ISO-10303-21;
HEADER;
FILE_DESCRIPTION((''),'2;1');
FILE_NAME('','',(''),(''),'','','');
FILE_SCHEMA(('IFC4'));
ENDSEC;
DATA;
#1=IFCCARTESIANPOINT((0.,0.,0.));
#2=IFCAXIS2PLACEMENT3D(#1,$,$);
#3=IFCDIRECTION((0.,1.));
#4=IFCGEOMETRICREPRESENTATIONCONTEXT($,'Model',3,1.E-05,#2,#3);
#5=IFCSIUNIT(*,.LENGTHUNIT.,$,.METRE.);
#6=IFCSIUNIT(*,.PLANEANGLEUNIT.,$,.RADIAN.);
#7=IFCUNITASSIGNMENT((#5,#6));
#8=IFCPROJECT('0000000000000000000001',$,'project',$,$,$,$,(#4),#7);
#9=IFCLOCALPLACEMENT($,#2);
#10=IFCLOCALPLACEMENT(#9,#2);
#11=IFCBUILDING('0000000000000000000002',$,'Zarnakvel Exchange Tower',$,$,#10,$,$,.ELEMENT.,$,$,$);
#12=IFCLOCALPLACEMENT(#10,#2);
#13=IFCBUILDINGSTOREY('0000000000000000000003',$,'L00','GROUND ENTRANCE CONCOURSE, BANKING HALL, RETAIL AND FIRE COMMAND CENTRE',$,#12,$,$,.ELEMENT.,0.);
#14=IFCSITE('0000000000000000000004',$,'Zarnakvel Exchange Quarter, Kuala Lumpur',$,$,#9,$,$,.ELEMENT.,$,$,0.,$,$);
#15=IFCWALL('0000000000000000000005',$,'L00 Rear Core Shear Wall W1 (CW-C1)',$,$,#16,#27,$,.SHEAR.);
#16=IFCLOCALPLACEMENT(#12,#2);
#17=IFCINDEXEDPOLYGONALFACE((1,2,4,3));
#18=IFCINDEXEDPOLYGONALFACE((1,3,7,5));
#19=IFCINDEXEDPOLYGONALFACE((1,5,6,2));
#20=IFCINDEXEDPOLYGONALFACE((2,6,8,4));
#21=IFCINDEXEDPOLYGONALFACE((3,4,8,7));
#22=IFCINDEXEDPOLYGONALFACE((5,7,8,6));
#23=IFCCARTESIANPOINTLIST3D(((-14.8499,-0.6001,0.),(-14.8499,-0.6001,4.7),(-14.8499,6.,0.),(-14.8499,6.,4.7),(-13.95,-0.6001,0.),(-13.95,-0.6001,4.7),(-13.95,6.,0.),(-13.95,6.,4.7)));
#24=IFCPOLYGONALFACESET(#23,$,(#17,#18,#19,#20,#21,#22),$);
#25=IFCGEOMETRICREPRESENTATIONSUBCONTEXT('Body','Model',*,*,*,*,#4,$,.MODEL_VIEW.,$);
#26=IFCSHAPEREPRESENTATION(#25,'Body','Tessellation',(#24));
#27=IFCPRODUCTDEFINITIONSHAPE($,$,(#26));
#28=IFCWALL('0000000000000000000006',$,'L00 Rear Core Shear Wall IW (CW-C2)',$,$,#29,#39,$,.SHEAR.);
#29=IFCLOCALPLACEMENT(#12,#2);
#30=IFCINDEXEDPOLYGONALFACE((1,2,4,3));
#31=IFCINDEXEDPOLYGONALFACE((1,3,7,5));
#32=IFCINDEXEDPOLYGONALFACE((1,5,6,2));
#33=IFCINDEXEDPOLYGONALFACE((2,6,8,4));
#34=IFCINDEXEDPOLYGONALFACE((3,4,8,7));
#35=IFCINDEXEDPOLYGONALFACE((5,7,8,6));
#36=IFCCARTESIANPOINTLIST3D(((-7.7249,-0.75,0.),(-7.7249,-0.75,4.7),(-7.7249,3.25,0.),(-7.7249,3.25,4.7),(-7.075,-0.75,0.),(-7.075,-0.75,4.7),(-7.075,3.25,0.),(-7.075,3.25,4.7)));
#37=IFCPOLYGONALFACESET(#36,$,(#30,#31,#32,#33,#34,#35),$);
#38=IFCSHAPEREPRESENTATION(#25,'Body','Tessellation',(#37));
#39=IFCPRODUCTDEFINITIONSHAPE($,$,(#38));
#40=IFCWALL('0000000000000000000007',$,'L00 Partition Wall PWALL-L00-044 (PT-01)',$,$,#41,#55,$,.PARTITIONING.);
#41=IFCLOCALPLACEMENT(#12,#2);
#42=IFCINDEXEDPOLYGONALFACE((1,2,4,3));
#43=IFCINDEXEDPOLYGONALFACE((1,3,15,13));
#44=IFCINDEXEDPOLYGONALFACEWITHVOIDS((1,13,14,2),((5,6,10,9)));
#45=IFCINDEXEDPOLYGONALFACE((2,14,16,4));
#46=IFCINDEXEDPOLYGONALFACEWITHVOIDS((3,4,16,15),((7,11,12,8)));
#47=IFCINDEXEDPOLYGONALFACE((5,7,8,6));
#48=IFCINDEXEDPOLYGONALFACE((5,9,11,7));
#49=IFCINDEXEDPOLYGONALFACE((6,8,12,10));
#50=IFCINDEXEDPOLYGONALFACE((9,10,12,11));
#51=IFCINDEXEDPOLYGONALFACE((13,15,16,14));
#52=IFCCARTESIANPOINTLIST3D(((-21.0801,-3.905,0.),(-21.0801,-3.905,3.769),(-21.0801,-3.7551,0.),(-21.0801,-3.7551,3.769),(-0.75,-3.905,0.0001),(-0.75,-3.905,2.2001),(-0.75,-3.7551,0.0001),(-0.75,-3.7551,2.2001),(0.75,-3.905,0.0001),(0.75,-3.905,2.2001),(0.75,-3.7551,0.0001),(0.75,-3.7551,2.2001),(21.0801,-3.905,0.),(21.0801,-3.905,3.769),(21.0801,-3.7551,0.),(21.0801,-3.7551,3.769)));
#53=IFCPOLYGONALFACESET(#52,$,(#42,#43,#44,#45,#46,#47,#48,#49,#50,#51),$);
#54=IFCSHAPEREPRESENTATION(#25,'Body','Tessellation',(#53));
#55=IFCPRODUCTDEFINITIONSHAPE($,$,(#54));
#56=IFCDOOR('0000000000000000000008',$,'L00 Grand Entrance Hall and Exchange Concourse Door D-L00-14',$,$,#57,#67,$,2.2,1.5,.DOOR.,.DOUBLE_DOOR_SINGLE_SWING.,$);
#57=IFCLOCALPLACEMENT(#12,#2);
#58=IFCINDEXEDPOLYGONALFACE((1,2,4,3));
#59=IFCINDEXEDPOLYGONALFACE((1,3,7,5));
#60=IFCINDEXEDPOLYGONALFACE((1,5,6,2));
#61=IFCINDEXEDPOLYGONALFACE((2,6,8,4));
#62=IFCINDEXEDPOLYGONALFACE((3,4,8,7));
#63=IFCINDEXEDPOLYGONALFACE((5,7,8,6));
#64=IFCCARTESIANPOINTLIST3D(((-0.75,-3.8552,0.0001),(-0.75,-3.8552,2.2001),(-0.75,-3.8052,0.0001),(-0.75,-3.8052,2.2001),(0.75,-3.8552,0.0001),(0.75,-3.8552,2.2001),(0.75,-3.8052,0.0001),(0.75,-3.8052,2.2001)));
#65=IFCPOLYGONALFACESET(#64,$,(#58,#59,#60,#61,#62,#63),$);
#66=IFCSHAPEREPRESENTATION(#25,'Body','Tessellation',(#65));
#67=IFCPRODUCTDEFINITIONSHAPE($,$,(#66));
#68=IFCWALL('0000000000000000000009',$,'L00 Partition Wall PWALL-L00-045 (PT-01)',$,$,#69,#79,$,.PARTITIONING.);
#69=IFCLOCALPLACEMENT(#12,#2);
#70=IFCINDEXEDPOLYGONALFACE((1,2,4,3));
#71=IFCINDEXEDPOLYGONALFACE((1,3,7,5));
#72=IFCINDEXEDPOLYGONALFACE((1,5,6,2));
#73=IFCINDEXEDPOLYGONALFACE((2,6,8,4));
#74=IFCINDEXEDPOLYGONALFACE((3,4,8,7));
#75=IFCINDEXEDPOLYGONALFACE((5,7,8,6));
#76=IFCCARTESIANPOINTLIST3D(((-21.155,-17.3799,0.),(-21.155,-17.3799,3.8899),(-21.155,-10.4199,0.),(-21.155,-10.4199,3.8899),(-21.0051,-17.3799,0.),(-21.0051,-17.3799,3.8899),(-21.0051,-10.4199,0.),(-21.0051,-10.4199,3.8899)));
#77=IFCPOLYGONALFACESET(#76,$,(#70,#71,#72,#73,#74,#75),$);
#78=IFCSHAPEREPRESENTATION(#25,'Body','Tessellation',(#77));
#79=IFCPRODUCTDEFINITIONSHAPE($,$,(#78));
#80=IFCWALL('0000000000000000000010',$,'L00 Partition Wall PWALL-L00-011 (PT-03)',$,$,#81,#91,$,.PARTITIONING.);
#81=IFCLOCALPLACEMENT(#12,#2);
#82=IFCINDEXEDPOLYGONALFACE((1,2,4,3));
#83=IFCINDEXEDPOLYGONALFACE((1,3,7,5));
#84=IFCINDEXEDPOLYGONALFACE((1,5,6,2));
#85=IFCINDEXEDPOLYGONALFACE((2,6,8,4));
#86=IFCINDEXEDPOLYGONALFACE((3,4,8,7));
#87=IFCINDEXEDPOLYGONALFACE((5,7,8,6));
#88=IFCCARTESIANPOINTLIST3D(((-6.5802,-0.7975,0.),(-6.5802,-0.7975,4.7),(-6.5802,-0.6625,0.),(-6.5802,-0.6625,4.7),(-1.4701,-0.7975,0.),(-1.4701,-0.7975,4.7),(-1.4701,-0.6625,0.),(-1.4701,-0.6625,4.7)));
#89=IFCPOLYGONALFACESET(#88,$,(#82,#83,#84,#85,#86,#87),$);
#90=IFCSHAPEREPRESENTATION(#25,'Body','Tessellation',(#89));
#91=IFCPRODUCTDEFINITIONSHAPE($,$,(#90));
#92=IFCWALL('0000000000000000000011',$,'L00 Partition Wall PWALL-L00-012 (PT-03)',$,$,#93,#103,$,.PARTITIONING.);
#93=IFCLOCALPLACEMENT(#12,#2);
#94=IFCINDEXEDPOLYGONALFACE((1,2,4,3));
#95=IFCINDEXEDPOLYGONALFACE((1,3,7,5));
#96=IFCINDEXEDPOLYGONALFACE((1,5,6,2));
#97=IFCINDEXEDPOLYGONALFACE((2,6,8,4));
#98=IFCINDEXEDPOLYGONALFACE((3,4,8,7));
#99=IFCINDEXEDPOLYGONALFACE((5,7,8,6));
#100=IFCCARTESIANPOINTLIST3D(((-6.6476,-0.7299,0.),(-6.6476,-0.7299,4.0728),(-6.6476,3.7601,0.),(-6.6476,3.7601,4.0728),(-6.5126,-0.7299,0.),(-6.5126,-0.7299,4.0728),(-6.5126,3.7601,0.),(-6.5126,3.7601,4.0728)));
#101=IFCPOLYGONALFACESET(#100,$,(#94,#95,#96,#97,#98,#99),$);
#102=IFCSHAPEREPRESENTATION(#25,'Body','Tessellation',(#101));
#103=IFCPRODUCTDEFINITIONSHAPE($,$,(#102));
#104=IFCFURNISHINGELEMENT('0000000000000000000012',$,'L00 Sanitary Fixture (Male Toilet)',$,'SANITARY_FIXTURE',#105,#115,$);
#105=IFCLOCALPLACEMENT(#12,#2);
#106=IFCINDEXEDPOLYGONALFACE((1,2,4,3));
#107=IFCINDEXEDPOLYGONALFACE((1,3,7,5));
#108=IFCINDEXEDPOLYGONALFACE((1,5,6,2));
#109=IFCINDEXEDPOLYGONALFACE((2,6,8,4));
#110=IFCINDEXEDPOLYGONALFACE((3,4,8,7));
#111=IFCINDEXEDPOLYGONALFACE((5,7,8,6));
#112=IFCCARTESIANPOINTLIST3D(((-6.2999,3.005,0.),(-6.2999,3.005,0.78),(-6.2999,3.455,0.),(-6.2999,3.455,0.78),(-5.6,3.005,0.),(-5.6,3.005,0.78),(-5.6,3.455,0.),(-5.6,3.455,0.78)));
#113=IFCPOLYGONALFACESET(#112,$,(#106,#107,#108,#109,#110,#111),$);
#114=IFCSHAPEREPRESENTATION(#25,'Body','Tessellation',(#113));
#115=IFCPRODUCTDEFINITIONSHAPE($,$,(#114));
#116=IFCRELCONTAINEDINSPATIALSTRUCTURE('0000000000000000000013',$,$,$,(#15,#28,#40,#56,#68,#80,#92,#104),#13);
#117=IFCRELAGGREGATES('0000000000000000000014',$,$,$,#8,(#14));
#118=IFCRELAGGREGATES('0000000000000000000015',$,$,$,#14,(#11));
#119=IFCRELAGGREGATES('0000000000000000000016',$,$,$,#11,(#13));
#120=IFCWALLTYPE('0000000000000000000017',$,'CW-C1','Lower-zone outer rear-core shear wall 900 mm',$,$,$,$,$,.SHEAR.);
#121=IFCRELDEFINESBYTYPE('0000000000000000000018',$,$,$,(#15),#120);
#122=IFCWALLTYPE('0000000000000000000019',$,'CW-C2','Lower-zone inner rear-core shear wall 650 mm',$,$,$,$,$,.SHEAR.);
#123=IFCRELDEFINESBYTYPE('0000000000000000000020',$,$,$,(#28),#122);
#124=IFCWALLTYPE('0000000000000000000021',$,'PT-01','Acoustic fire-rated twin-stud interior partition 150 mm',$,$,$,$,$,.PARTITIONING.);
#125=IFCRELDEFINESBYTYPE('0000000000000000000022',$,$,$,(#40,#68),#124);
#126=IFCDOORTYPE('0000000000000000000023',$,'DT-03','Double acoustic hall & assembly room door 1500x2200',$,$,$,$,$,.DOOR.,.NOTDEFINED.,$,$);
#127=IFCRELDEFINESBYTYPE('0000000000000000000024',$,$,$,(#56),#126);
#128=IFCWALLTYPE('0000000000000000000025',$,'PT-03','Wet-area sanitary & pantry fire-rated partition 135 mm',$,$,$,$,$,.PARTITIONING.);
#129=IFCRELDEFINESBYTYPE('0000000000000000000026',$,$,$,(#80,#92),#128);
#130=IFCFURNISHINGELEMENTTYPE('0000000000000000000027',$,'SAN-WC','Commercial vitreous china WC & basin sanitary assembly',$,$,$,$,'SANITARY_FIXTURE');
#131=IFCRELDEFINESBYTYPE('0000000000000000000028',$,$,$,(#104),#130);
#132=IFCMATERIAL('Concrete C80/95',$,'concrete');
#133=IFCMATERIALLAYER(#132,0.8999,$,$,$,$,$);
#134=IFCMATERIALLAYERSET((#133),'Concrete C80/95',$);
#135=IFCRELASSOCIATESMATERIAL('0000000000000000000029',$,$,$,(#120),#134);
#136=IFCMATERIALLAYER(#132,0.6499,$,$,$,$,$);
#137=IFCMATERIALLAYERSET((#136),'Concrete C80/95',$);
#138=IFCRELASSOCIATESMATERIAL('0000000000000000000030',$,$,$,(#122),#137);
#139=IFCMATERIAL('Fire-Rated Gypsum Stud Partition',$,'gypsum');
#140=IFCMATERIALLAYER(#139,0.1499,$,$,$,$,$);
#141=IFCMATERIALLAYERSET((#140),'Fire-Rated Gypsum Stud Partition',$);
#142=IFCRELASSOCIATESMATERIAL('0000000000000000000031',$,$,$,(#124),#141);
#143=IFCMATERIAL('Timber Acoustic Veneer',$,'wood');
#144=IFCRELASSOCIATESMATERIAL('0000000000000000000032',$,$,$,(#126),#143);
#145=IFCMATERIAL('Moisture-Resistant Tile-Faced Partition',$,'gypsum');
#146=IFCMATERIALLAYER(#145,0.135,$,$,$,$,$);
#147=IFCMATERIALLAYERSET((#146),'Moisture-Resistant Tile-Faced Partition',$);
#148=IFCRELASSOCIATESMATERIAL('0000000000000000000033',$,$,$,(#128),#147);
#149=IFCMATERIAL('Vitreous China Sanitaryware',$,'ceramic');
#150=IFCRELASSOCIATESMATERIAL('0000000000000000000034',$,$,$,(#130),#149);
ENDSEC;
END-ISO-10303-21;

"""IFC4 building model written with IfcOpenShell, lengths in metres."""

from ifc_helpers import new_model, si_unit, direction, frame, frame_2d, origin, origin_2d, place, context, subcontext, project, spatial, rectangle, extrude, source, transform, mapped, material, layer, layer_set, type_object, element, fill, save


model = new_model("IFC4")

# Units and contexts
model_context = context("Model", 3, precision=1e-05, world=origin(), true_north=direction((0.0, 1.0)))
body_context = subcontext(model_context, "Body", "Model", "MODEL_VIEW")
ifc_project = project(units=[si_unit("LENGTHUNIT", "METRE"), si_unit("PLANEANGLEUNIT", "RADIAN")], contexts=[model_context])

# Site, building, storey
site_placement = place(None, origin())
site = spatial("IfcSite", under=ifc_project, at=site_placement, Name="Zarnakvel Exchange Quarter, Kuala Lumpur", CompositionType="ELEMENT", RefElevation=0.0)
building_placement = place(site_placement, origin())
building = spatial("IfcBuilding", under=site, at=building_placement, Name="Zarnakvel Exchange Tower", CompositionType="ELEMENT")
storey_placement = place(building_placement, origin())
storey = spatial("IfcBuildingStorey", under=building, at=storey_placement, Name="L00", Description="GROUND ENTRANCE CONCOURSE, BANKING HALL, RETAIL AND FIRE COMMAND CENTRE", CompositionType="ELEMENT", Elevation=0.0)

# Shared definitions
ifc_material_1 = material(Name="Concrete C80/95", Category="concrete")

# Wall
ifc_layer_1 = layer(ifc_material_1, 0.8999)
ifc_layer_set_1 = layer_set([ifc_layer_1], Name="Concrete C80/95")
wall_type_1 = type_object("IfcWallType", Name="CW-C1", Description="Lower-zone outer rear-core shear wall 900 mm", PredefinedType="SHEAR", material=ifc_layer_set_1)
wall_1_placement = place(storey_placement, frame((-14.3999, -0.6001, 0.0), z_axis=(0.0, 0.0, 1.0), x_axis=(0.0, 1.0, 0.0)))
element("IfcWall", 1, at=wall_1_placement, inside=storey, type_object=wall_type_1, Name="L00 Rear Core Shear Wall W1 (CW-C1)", PredefinedType="SHEAR", context=body_context, shape_type="SweptSolid", body=[
    extrude(rectangle(XDim=6.6001, YDim=0.8999, at=frame_2d((3.3, 0.0))), origin(), (0.0, 0.0, 1.0), 4.7),
])

# Wall
ifc_layer_2 = layer(ifc_material_1, 0.6499)
ifc_layer_set_2 = layer_set([ifc_layer_2], Name="Concrete C80/95")
wall_type_2 = type_object("IfcWallType", Name="CW-C2", Description="Lower-zone inner rear-core shear wall 650 mm", PredefinedType="SHEAR", material=ifc_layer_set_2)
wall_2_placement = place(storey_placement, frame((-7.3999, -0.75, 0.0), z_axis=(0.0, 0.0, 1.0), x_axis=(0.0, 1.0, 0.0)))
element("IfcWall", 2, at=wall_2_placement, inside=storey, type_object=wall_type_2, Name="L00 Rear Core Shear Wall IW (CW-C2)", PredefinedType="SHEAR", context=body_context, shape_type="SweptSolid", body=[
    extrude(rectangle(XDim=4.0, YDim=0.6499, at=frame_2d((2.0, 0.0))), origin(), (0.0, 0.0, 1.0), 4.7),
])

# Wall, opening, door
ifc_material_2 = material(Name="Fire-Rated Gypsum Stud Partition", Category="gypsum")
ifc_layer_3 = layer(ifc_material_2, 0.1499)
ifc_layer_set_3 = layer_set([ifc_layer_3], Name="Fire-Rated Gypsum Stud Partition")
wall_type_3 = type_object("IfcWallType", Name="PT-01", Description="Acoustic fire-rated twin-stud interior partition 150 mm", PredefinedType="PARTITIONING", material=ifc_layer_set_3)
wall_3_placement = place(storey_placement, frame((-21.0801, -3.8301, 0.0), z_axis=(0.0, 0.0, 1.0), x_axis=(1.0, 0.0, 0.0)))
wall_3 = element("IfcWall", 3, at=wall_3_placement, inside=storey, type_object=wall_type_3, Name="L00 Partition Wall PWALL-L00-044 (PT-01)", PredefinedType="PARTITIONING", context=body_context, shape_type="SweptSolid", body=[
    extrude(rectangle(XDim=42.1602, YDim=0.1499, at=frame_2d((21.0801, 0.0))), origin(), (0.0, 0.0, 1.0), 3.769),
])
opening_1_placement = place(wall_3_placement, frame((20.3301, 0.0, 0.0)))
opening_1 = element("IfcOpeningElement", 4, at=opening_1_placement, cuts=wall_3, PredefinedType="OPENING", context=body_context, shape_type="SweptSolid", body=[
    extrude(rectangle(XDim=1.5, YDim=2.2, at=frame_2d((0.75, 1.1001))), frame((0.0, 0.085, 0.0), z_axis=(0.0, -1.0, 0.0), x_axis=(1.0, 0.0, 0.0)), (0.0, 0.0, 1.0), 0.1699),
])
ifc_material_3 = material(Name="Timber Acoustic Veneer", Category="wood")
door_type_1 = type_object("IfcDoorType", Name="DT-03", Description="Double acoustic hall & assembly room door 1500x2200", OperationType="NOTDEFINED", PredefinedType="DOOR", material=ifc_material_3)
shared_shape_1 = source(origin(), body_context, "Body", "SweptSolid", [
    extrude(rectangle(XDim=1.5, YDim=2.2, at=frame_2d((0.75, 1.1001))), frame((0.0, 0.0249, 0.0), z_axis=(0.0, -1.0, 0.0), x_axis=(1.0, 0.0, 0.0)), (0.0, 0.0, 1.0), 0.05),
])
door_1_placement = place(opening_1_placement, origin())
door_1 = element("IfcDoor", 5, at=door_1_placement, inside=storey, type_object=door_type_1, Name="L00 Grand Entrance Hall and Exchange Concourse Door D-L00-14", OperationType="DOUBLE_DOOR_SINGLE_SWING", OverallHeight=2.2, OverallWidth=1.5, PredefinedType="DOOR", context=body_context, shape_type="MappedRepresentation", body=[
    mapped(shared_shape_1, transform((0.0, 0.0, 0.0), x_axis=(1.0, 0.0, 0.0), y_axis=(0.0, 1.0, 0.0), z_axis=(0.0, 0.0, 1.0), scale=1.0)),
])
fill(opening_1, door_1)

# Walls
wall_4_placement = place(storey_placement, frame((-21.0801, -17.3799, 0.0), z_axis=(0.0, 0.0, 1.0), x_axis=(0.0, 1.0, 0.0)))
element("IfcWall", 6, at=wall_4_placement, inside=storey, type_object=wall_type_3, Name="L00 Partition Wall PWALL-L00-045 (PT-01)", PredefinedType="PARTITIONING", context=body_context, shape_type="SweptSolid", body=[
    extrude(rectangle(XDim=6.96, YDim=0.1499, at=frame_2d((3.48, 0.0))), origin(), (0.0, 0.0, 1.0), 3.8899),
])
ifc_material_4 = material(Name="Moisture-Resistant Tile-Faced Partition", Category="gypsum")
ifc_layer_4 = layer(ifc_material_4, 0.135)
ifc_layer_set_4 = layer_set([ifc_layer_4], Name="Moisture-Resistant Tile-Faced Partition")
wall_type_4 = type_object("IfcWallType", Name="PT-03", Description="Wet-area sanitary & pantry fire-rated partition 135 mm", PredefinedType="PARTITIONING", material=ifc_layer_set_4)
wall_5_placement = place(storey_placement, frame((-1.47, -0.73, 0.0), z_axis=(0.0, 0.0, 1.0), x_axis=(-1.0, 0.0, 0.0)))
element("IfcWall", 7, at=wall_5_placement, inside=storey, type_object=wall_type_4, Name="L00 Partition Wall PWALL-L00-011 (PT-03)", PredefinedType="PARTITIONING", context=body_context, shape_type="SweptSolid", body=[
    extrude(rectangle(XDim=5.1101, YDim=0.135, at=frame_2d((2.5552, 0.0))), origin(), (0.0, 0.0, 1.0), 4.7),
])
wall_6_placement = place(storey_placement, frame((-6.5801, -0.73, 0.0), z_axis=(0.0, 0.0, 1.0), x_axis=(0.0, 1.0, 0.0)))
element("IfcWall", 8, at=wall_6_placement, inside=storey, type_object=wall_type_4, Name="L00 Partition Wall PWALL-L00-012 (PT-03)", PredefinedType="PARTITIONING", context=body_context, shape_type="SweptSolid", body=[
    extrude(rectangle(XDim=4.49, YDim=0.135, at=frame_2d((2.2451, 0.0))), origin(), (0.0, 0.0, 1.0), 4.0728),
])

# Furnishing element
ifc_material_5 = material(Name="Vitreous China Sanitaryware", Category="ceramic")
furnishing_element_type = type_object("IfcFurnishingElementType", Name="SAN-WC", Description="Commercial vitreous china WC & basin sanitary assembly", ElementType="SANITARY_FIXTURE", material=ifc_material_5)
shared_shape_2 = source(origin(), body_context, "Body", "SweptSolid", [
    extrude(rectangle(XDim=0.7, YDim=0.45, at=origin_2d()), origin(), (0.0, 0.0, 1.0), 0.78),
])
furnishing_placement = place(storey_placement, frame((-5.95, 3.23, 0.0), z_axis=(0.0, 0.0, 1.0), x_axis=(1.0, 0.0, 0.0)))
element("IfcFurnishingElement", 9, at=furnishing_placement, inside=storey, type_object=furnishing_element_type, Name="L00 Sanitary Fixture (Male Toilet)", ObjectType="SANITARY_FIXTURE", context=body_context, shape_type="MappedRepresentation", body=[
    mapped(shared_shape_2, transform((0.0, 0.0, 0.0), x_axis=(1.0, 0.0, 0.0), y_axis=(0.0, 1.0, 0.0), z_axis=(0.0, 0.0, 1.0), scale=1.0)),
])

save(model, "model.ifc")
